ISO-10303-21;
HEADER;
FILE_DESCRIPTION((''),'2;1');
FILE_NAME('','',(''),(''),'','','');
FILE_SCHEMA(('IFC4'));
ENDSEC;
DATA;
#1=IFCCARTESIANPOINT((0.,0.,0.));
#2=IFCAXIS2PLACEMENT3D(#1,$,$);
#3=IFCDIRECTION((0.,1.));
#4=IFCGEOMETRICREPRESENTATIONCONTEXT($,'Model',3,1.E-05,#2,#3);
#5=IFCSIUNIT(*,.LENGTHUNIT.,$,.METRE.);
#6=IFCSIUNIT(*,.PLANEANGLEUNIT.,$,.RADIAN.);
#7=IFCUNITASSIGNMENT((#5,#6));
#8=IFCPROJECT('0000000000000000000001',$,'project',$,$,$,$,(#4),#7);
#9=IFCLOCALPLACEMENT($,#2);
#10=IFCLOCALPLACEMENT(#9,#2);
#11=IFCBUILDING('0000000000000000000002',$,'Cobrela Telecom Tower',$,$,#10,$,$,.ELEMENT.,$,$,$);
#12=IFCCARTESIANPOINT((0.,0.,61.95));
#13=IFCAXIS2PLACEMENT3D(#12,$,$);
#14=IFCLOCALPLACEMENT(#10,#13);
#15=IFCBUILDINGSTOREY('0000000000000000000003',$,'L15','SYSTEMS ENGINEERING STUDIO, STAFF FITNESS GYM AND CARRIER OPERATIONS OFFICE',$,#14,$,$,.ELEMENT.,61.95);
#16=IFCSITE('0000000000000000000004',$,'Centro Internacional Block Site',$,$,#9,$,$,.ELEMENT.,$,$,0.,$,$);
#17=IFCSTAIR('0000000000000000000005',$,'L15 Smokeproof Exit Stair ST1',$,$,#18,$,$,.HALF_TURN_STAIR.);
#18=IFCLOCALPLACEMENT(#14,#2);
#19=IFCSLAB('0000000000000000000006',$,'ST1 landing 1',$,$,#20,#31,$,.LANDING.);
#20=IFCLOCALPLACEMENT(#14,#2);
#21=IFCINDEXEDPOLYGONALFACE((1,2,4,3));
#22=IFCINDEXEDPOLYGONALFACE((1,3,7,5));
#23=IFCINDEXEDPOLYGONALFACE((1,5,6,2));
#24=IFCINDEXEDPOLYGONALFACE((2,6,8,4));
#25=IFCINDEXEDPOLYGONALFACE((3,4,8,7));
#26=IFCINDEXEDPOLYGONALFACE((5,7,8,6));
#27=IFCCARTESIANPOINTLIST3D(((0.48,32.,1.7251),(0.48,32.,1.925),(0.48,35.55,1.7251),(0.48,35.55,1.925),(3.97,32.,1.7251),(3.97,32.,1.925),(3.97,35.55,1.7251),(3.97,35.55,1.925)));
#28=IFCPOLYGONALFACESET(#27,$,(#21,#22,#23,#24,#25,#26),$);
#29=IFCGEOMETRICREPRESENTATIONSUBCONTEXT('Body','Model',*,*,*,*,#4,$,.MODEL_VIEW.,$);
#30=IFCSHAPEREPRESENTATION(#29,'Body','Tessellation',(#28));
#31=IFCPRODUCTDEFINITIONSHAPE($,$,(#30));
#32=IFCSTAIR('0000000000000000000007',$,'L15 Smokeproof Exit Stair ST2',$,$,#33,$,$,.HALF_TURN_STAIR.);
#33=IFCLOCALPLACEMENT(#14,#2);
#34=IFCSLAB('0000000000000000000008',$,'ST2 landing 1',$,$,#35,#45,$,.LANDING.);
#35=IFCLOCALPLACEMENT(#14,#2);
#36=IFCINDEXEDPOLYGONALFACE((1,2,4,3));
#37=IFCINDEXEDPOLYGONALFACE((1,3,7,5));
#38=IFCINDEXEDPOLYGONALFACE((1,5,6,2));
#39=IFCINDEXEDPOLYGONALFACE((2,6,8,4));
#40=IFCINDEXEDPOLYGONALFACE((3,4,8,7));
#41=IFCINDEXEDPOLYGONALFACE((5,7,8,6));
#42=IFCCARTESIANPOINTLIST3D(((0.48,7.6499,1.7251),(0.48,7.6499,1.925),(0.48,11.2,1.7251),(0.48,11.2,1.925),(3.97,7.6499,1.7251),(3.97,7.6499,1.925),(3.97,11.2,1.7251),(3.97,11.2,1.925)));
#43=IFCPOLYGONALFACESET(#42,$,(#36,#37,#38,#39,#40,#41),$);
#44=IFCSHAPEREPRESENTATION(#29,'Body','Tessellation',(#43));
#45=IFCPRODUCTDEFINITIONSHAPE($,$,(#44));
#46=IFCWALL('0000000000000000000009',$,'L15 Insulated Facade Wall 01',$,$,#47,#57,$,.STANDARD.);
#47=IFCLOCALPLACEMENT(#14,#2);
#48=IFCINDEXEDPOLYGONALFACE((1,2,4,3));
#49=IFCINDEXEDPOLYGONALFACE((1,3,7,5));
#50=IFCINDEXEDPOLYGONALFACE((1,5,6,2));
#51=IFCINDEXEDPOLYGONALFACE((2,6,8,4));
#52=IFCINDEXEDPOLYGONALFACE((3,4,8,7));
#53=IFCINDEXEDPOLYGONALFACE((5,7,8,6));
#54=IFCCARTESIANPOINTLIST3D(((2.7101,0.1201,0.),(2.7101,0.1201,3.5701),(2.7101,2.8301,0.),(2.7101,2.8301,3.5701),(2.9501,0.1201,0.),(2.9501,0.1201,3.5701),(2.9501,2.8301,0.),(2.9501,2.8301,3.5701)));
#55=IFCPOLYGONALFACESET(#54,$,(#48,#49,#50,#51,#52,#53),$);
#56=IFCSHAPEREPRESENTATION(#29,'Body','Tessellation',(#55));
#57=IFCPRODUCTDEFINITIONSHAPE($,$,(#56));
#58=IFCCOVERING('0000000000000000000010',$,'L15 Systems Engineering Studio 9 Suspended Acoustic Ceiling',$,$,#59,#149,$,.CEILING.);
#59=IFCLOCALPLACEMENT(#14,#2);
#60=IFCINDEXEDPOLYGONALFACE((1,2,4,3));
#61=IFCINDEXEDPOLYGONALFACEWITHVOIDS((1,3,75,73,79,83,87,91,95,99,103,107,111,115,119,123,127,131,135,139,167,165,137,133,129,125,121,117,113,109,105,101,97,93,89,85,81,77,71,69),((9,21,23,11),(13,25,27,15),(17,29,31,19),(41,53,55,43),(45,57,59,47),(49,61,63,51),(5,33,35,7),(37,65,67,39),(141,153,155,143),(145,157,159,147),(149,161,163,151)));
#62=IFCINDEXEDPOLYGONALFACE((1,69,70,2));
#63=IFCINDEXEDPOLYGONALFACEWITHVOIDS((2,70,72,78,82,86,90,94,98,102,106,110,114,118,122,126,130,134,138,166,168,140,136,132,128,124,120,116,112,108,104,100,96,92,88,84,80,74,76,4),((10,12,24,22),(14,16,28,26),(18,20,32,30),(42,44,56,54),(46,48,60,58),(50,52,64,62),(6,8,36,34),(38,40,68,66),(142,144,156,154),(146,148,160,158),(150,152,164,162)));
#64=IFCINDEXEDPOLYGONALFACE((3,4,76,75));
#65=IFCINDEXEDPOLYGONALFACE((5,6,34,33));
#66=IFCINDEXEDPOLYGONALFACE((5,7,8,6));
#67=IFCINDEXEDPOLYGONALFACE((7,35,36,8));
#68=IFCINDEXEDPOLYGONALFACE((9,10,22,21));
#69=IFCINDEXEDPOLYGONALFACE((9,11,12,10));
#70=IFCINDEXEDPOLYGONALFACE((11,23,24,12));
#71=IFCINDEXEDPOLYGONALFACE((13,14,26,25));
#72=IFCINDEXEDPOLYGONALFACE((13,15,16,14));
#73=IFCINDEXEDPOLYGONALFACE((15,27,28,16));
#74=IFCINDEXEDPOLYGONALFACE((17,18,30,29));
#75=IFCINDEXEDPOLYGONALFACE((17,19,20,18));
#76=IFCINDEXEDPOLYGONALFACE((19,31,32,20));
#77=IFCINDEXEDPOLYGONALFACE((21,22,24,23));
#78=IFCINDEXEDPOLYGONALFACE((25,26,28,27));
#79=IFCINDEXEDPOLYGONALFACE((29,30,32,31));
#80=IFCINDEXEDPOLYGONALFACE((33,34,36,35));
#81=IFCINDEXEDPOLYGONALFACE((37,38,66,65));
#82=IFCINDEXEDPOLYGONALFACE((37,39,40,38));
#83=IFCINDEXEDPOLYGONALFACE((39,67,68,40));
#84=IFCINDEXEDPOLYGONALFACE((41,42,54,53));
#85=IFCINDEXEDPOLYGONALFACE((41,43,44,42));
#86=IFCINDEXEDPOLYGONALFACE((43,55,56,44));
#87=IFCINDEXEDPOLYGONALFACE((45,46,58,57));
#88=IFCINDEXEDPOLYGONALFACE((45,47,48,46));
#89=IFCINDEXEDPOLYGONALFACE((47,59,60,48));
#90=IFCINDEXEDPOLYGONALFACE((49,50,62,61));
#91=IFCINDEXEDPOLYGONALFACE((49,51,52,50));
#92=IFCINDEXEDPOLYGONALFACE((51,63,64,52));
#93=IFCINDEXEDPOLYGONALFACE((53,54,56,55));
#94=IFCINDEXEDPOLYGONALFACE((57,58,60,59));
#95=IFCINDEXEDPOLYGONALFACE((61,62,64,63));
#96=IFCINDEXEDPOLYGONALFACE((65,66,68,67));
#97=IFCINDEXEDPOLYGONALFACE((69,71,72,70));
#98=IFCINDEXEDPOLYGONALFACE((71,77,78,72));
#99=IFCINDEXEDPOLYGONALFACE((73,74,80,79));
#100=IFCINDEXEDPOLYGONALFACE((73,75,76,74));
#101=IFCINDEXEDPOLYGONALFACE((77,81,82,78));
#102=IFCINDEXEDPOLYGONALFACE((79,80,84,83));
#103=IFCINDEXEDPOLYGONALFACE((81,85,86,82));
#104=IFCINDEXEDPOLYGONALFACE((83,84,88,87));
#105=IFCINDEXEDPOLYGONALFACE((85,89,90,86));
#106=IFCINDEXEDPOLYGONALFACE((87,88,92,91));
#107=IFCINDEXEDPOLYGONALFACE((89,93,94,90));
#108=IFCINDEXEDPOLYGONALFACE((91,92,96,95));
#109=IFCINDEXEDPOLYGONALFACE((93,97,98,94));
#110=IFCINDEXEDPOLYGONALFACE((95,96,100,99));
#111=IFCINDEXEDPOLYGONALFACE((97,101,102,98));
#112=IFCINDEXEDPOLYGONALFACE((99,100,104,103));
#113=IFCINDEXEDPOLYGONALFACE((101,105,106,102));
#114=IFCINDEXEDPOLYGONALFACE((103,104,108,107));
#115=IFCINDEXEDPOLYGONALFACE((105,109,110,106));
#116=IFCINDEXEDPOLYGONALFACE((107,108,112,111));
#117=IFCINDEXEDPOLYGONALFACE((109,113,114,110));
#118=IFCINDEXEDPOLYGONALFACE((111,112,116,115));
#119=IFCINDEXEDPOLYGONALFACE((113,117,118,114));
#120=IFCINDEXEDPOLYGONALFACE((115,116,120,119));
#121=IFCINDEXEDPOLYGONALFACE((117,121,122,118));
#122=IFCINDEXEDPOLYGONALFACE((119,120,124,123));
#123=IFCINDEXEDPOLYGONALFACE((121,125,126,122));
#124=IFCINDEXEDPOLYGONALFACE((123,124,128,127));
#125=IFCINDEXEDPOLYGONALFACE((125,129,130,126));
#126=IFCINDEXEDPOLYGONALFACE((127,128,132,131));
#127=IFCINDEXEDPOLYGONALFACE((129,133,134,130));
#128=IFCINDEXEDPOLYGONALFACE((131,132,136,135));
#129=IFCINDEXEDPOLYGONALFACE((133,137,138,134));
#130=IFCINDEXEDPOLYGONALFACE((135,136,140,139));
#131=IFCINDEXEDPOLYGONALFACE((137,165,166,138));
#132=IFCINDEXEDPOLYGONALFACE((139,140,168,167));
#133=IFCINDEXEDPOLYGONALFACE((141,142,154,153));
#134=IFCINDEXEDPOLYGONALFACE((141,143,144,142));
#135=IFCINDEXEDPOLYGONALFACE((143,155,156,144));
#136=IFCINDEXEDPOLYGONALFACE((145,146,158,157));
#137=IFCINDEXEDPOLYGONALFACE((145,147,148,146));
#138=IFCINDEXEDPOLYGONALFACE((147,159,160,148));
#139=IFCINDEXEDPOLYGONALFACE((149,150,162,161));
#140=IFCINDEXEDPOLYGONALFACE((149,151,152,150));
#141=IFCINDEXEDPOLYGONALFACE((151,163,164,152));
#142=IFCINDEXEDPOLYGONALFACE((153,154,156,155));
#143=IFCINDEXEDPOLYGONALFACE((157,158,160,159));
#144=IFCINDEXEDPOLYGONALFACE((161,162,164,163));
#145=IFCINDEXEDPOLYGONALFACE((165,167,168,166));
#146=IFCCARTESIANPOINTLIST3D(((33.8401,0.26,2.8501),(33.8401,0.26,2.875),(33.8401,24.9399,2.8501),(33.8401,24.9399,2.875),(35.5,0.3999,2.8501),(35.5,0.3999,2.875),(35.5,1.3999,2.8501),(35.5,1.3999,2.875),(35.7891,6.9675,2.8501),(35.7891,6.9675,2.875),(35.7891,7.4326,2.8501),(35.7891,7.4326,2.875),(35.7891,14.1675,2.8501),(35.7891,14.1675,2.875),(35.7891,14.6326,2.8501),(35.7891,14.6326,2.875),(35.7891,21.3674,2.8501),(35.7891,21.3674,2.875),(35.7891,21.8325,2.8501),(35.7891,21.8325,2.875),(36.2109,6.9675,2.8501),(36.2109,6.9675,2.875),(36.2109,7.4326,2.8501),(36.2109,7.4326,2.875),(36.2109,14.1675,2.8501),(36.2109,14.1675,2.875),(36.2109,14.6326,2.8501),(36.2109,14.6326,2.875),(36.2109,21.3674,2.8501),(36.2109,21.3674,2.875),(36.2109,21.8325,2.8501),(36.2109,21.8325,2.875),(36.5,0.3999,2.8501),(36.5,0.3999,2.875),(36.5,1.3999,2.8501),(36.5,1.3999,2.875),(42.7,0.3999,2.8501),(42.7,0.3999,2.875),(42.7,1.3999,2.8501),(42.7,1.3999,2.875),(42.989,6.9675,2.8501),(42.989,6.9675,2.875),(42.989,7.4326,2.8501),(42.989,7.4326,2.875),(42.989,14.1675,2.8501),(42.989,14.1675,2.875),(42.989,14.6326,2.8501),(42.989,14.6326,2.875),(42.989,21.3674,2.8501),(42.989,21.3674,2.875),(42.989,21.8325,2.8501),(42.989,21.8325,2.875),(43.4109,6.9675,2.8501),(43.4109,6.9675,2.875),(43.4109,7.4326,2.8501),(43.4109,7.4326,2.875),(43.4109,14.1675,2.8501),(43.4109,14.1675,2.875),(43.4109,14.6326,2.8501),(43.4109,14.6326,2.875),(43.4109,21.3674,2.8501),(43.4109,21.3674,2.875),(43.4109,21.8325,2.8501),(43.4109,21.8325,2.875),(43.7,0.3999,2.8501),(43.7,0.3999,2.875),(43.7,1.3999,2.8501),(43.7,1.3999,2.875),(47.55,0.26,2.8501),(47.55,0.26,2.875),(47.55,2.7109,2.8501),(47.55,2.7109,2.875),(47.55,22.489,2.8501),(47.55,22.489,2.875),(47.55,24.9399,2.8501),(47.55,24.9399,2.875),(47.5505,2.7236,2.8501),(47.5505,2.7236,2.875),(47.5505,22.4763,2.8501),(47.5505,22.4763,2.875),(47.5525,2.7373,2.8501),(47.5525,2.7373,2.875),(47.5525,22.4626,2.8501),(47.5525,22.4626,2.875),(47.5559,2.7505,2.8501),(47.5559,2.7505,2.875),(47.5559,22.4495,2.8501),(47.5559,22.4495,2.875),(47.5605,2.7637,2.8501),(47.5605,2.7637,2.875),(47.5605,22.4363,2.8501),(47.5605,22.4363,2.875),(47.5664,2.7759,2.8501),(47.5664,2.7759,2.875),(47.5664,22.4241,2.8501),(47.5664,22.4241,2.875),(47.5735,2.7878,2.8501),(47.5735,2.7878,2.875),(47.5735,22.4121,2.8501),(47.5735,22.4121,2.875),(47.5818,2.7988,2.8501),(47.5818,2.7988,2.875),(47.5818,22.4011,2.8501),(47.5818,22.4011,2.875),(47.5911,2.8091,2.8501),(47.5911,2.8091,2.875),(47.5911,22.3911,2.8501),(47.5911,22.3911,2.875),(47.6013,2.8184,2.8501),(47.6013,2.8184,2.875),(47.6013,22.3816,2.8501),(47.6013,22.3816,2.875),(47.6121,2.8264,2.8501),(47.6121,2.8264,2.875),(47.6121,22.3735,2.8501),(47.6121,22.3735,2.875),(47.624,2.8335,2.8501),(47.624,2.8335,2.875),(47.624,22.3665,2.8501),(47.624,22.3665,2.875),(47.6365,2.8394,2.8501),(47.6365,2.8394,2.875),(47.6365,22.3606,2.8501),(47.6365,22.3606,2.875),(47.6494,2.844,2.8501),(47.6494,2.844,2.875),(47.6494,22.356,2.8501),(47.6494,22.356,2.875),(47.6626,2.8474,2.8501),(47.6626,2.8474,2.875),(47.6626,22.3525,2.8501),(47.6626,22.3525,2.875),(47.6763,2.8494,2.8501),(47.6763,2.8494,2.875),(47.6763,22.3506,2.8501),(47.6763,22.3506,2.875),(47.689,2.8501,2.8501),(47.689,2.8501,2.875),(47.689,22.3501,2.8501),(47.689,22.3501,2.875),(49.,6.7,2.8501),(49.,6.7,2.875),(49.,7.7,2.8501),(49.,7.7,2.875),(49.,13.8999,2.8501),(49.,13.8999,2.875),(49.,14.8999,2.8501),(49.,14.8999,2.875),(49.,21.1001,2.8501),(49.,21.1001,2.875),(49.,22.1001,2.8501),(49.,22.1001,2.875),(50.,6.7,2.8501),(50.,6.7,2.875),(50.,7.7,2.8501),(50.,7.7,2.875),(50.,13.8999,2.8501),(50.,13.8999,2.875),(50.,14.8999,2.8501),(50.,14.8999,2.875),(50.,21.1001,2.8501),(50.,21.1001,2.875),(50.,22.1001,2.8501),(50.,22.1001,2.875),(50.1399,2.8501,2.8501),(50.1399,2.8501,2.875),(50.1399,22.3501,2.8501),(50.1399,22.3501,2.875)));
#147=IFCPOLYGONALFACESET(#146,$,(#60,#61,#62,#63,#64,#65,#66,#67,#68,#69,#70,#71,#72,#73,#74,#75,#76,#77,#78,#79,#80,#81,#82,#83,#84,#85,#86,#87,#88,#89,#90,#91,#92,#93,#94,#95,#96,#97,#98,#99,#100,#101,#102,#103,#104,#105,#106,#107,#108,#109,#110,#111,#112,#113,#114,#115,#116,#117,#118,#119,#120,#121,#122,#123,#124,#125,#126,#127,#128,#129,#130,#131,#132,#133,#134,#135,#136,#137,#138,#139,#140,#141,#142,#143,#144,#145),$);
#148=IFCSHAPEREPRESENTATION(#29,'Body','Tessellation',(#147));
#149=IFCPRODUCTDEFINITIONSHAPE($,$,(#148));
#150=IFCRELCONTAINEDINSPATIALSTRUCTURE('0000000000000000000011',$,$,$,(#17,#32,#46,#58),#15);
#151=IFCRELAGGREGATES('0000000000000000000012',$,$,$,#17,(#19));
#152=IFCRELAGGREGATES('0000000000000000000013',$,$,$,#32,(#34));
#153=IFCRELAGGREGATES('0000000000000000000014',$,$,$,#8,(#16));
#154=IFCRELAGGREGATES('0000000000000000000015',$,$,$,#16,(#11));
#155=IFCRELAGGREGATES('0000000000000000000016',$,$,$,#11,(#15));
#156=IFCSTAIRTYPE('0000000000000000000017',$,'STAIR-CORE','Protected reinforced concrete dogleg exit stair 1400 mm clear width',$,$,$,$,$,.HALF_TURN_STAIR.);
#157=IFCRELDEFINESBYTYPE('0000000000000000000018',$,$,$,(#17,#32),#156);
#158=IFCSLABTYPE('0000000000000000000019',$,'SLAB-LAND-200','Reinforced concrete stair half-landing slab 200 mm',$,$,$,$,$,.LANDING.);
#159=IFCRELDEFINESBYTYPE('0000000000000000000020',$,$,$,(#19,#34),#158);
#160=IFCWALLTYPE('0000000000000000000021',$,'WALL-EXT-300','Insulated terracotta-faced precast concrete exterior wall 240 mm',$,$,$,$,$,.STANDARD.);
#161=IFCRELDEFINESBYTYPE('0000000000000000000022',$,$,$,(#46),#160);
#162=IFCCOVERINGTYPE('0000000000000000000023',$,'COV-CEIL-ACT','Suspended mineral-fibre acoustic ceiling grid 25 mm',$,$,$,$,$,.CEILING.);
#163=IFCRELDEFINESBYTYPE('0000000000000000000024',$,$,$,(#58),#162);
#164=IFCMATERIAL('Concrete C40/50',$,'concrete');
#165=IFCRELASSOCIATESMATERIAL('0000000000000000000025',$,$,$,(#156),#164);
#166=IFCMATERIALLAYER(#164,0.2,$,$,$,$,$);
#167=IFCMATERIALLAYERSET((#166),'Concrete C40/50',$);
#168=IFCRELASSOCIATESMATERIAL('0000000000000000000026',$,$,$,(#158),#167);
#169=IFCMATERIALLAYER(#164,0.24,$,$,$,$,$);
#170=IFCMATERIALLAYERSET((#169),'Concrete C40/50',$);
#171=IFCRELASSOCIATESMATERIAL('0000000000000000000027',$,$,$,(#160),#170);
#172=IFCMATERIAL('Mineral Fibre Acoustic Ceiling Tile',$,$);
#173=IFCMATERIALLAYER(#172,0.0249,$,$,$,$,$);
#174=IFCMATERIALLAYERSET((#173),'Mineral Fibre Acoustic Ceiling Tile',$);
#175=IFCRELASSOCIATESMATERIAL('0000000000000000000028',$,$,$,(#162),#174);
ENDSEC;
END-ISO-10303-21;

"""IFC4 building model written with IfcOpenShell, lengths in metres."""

from ifc_helpers import new_model, si_unit, direction, frame, frame_2d, origin, place, context, subcontext, project, spatial, polyline, rectangle, outline, extrude, material, layer, layer_set, type_object, element, aggregate, save


model = new_model("IFC4")

# Units and contexts
model_context = context("Model", 3, precision=1e-05, world=origin(), true_north=direction((0.0, 1.0)))
body_context = subcontext(model_context, "Body", "Model", "MODEL_VIEW")
ifc_project = project(units=[si_unit("LENGTHUNIT", "METRE"), si_unit("PLANEANGLEUNIT", "RADIAN")], contexts=[model_context])

# Site, building, storey
site_placement = place(None, origin())
site = spatial("IfcSite", under=ifc_project, at=site_placement, Name="Centro Internacional Block Site", CompositionType="ELEMENT", RefElevation=0.0)
building_placement = place(site_placement, origin())
building = spatial("IfcBuilding", under=site, at=building_placement, Name="Cobrela Telecom Tower", CompositionType="ELEMENT")
storey_placement = place(building_placement, frame((0.0, 0.0, 61.95)))
storey = spatial("IfcBuildingStorey", under=building, at=storey_placement, Name="L15", Description="SYSTEMS ENGINEERING STUDIO, STAFF FITNESS GYM AND CARRIER OPERATIONS OFFICE", CompositionType="ELEMENT", Elevation=61.95)

# Shared definitions
ifc_material_1 = material(Name="Concrete C40/50", Category="concrete")

# Stairs, slabs
stair_type = type_object("IfcStairType", Name="STAIR-CORE", Description="Protected reinforced concrete dogleg exit stair 1400 mm clear width", PredefinedType="HALF_TURN_STAIR", material=ifc_material_1)
stair_1_placement = place(storey_placement, origin())
stair_1 = element("IfcStair", 1, at=stair_1_placement, inside=storey, type_object=stair_type, Name="L15 Smokeproof Exit Stair ST1", PredefinedType="HALF_TURN_STAIR")
ifc_layer_1 = layer(ifc_material_1, 0.2)
ifc_layer_set_1 = layer_set([ifc_layer_1], Name="Concrete C40/50")
slab_type_1 = type_object("IfcSlabType", Name="SLAB-LAND-200", Description="Reinforced concrete stair half-landing slab 200 mm", PredefinedType="LANDING", material=ifc_layer_set_1)
slab_1_placement = place(storey_placement, frame((0.0, 0.0, 1.7251)))
slab_1 = element("IfcSlab", 2, at=slab_1_placement, type_object=slab_type_1, Name="ST1 landing 1", PredefinedType="LANDING", context=body_context, shape_type="SweptSolid", body=[
    extrude(outline(polyline([(3.97, 35.55), (0.48, 35.55), (0.48, 32.0), (3.97, 32.0), (3.97, 35.55)])), origin(), (0.0, 0.0, 1.0), 0.2),
])
aggregate(stair_1, [slab_1])
stair_2_placement = place(storey_placement, origin())
stair_2 = element("IfcStair", 3, at=stair_2_placement, inside=storey, type_object=stair_type, Name="L15 Smokeproof Exit Stair ST2", PredefinedType="HALF_TURN_STAIR")
slab_2_placement = place(storey_placement, frame((0.0, 0.0, 1.7251)))
slab_2 = element("IfcSlab", 4, at=slab_2_placement, type_object=slab_type_1, Name="ST2 landing 1", PredefinedType="LANDING", context=body_context, shape_type="SweptSolid", body=[
    extrude(outline(polyline([(3.97, 11.2), (0.48, 11.2), (0.48, 7.6499), (3.97, 7.6499), (3.97, 11.2)])), origin(), (0.0, 0.0, 1.0), 0.2),
])
aggregate(stair_2, [slab_2])

# Wall
ifc_layer_2 = layer(ifc_material_1, 0.24)
ifc_layer_set_2 = layer_set([ifc_layer_2], Name="Concrete C40/50")
wall_type = type_object("IfcWallType", Name="WALL-EXT-300", Description="Insulated terracotta-faced precast concrete exterior wall 240 mm", PredefinedType="STANDARD", material=ifc_layer_set_2)
wall_placement = place(storey_placement, frame((2.8301, 0.1201, 0.0), z_axis=(0.0, 0.0, 1.0), x_axis=(0.0, 1.0, 0.0)))
element("IfcWall", 5, at=wall_placement, inside=storey, type_object=wall_type, Name="L15 Insulated Facade Wall 01", PredefinedType="STANDARD", context=body_context, shape_type="SweptSolid", body=[
    extrude(rectangle(XDim=2.71, YDim=0.24, at=frame_2d((1.355, 0.0))), origin(), (0.0, 0.0, 1.0), 3.5701),
])

# Covering
ifc_material_2 = material(Name="Mineral Fibre Acoustic Ceiling Tile")
ifc_layer_3 = layer(ifc_material_2, 0.0249)
ifc_layer_set_3 = layer_set([ifc_layer_3], Name="Mineral Fibre Acoustic Ceiling Tile")
covering_type_1 = type_object("IfcCoveringType", Name="COV-CEIL-ACT", Description="Suspended mineral-fibre acoustic ceiling grid 25 mm", PredefinedType="CEILING", material=ifc_layer_set_3)
covering_1_placement = place(storey_placement, frame((0.0, 0.0, 2.8501)))
element("IfcCovering", 6, at=covering_1_placement, inside=storey, type_object=covering_type_1, Name="L15 Systems Engineering Studio 9 Suspended Acoustic Ceiling", PredefinedType="CEILING", context=body_context, shape_type="SweptSolid", body=[
    extrude(outline(polyline([(47.6626, 2.8474), (47.6494, 2.844), (47.6365, 2.8394), (47.624, 2.8335), (47.6121, 2.8264), (47.6013, 2.8184), (47.5911, 2.8091), (47.5818, 2.7988), (47.5735, 2.7878), (47.5664, 2.7759), (47.5605, 2.7637), (47.5559, 2.7505), (47.5525, 2.7373), (47.5505, 2.7236), (47.55, 2.7109), (47.55, 0.26), (33.8401, 0.26), (33.8401, 24.9399), (47.55, 24.9399), (47.55, 22.489), (47.5505, 22.4763), (47.5525, 22.4626), (47.5559, 22.4495), (47.5605, 22.4363), (47.5664, 22.4241), (47.5735, 22.4121), (47.5818, 22.4011), (47.5911, 22.3911), (47.6013, 22.3816), (47.6121, 22.3735), (47.624, 22.3665), (47.6365, 22.3606), (47.6494, 22.356), (47.6626, 22.3525), (47.6763, 22.3506), (47.689, 22.3501), (50.1399, 22.3501), (50.1399, 2.8501), (47.689, 2.8501), (47.6763, 2.8494), (47.6626, 2.8474)]), holes=[polyline([(36.5, 0.3999), (36.5, 1.3999), (35.5, 1.3999), (35.5, 0.3999), (36.5, 0.3999)]), polyline([(43.7, 0.3999), (43.7, 1.3999), (42.7, 1.3999), (42.7, 0.3999), (43.7, 0.3999)]), polyline([(36.2109, 6.9675), (36.2109, 7.4326), (35.7891, 7.4326), (35.7891, 6.9675), (36.2109, 6.9675)]), polyline([(43.4109, 6.9675), (43.4109, 7.4326), (42.989, 7.4326), (42.989, 6.9675), (43.4109, 6.9675)]), polyline([(50.0, 6.7), (50.0, 7.7), (49.0, 7.7), (49.0, 6.7), (50.0, 6.7)]), polyline([(36.2109, 14.1675), (36.2109, 14.6326), (35.7891, 14.6326), (35.7891, 14.1675), (36.2109, 14.1675)]), polyline([(43.4109, 14.1675), (43.4109, 14.6326), (42.989, 14.6326), (42.989, 14.1675), (43.4109, 14.1675)]), polyline([(50.0, 13.8999), (50.0, 14.8999), (49.0, 14.8999), (49.0, 13.8999), (50.0, 13.8999)]), polyline([(36.2109, 21.3674), (36.2109, 21.8325), (35.7891, 21.8325), (35.7891, 21.3674), (36.2109, 21.3674)]), polyline([(43.4109, 21.3674), (43.4109, 21.8325), (42.989, 21.8325), (42.989, 21.3674), (43.4109, 21.3674)]), polyline([(50.0, 21.1001), (50.0, 22.1001), (49.0, 22.1001), (49.0, 21.1001), (50.0, 21.1001)])]), origin(), (0.0, 0.0, 1.0), 0.0249),
])

save(model, "model.ifc")
